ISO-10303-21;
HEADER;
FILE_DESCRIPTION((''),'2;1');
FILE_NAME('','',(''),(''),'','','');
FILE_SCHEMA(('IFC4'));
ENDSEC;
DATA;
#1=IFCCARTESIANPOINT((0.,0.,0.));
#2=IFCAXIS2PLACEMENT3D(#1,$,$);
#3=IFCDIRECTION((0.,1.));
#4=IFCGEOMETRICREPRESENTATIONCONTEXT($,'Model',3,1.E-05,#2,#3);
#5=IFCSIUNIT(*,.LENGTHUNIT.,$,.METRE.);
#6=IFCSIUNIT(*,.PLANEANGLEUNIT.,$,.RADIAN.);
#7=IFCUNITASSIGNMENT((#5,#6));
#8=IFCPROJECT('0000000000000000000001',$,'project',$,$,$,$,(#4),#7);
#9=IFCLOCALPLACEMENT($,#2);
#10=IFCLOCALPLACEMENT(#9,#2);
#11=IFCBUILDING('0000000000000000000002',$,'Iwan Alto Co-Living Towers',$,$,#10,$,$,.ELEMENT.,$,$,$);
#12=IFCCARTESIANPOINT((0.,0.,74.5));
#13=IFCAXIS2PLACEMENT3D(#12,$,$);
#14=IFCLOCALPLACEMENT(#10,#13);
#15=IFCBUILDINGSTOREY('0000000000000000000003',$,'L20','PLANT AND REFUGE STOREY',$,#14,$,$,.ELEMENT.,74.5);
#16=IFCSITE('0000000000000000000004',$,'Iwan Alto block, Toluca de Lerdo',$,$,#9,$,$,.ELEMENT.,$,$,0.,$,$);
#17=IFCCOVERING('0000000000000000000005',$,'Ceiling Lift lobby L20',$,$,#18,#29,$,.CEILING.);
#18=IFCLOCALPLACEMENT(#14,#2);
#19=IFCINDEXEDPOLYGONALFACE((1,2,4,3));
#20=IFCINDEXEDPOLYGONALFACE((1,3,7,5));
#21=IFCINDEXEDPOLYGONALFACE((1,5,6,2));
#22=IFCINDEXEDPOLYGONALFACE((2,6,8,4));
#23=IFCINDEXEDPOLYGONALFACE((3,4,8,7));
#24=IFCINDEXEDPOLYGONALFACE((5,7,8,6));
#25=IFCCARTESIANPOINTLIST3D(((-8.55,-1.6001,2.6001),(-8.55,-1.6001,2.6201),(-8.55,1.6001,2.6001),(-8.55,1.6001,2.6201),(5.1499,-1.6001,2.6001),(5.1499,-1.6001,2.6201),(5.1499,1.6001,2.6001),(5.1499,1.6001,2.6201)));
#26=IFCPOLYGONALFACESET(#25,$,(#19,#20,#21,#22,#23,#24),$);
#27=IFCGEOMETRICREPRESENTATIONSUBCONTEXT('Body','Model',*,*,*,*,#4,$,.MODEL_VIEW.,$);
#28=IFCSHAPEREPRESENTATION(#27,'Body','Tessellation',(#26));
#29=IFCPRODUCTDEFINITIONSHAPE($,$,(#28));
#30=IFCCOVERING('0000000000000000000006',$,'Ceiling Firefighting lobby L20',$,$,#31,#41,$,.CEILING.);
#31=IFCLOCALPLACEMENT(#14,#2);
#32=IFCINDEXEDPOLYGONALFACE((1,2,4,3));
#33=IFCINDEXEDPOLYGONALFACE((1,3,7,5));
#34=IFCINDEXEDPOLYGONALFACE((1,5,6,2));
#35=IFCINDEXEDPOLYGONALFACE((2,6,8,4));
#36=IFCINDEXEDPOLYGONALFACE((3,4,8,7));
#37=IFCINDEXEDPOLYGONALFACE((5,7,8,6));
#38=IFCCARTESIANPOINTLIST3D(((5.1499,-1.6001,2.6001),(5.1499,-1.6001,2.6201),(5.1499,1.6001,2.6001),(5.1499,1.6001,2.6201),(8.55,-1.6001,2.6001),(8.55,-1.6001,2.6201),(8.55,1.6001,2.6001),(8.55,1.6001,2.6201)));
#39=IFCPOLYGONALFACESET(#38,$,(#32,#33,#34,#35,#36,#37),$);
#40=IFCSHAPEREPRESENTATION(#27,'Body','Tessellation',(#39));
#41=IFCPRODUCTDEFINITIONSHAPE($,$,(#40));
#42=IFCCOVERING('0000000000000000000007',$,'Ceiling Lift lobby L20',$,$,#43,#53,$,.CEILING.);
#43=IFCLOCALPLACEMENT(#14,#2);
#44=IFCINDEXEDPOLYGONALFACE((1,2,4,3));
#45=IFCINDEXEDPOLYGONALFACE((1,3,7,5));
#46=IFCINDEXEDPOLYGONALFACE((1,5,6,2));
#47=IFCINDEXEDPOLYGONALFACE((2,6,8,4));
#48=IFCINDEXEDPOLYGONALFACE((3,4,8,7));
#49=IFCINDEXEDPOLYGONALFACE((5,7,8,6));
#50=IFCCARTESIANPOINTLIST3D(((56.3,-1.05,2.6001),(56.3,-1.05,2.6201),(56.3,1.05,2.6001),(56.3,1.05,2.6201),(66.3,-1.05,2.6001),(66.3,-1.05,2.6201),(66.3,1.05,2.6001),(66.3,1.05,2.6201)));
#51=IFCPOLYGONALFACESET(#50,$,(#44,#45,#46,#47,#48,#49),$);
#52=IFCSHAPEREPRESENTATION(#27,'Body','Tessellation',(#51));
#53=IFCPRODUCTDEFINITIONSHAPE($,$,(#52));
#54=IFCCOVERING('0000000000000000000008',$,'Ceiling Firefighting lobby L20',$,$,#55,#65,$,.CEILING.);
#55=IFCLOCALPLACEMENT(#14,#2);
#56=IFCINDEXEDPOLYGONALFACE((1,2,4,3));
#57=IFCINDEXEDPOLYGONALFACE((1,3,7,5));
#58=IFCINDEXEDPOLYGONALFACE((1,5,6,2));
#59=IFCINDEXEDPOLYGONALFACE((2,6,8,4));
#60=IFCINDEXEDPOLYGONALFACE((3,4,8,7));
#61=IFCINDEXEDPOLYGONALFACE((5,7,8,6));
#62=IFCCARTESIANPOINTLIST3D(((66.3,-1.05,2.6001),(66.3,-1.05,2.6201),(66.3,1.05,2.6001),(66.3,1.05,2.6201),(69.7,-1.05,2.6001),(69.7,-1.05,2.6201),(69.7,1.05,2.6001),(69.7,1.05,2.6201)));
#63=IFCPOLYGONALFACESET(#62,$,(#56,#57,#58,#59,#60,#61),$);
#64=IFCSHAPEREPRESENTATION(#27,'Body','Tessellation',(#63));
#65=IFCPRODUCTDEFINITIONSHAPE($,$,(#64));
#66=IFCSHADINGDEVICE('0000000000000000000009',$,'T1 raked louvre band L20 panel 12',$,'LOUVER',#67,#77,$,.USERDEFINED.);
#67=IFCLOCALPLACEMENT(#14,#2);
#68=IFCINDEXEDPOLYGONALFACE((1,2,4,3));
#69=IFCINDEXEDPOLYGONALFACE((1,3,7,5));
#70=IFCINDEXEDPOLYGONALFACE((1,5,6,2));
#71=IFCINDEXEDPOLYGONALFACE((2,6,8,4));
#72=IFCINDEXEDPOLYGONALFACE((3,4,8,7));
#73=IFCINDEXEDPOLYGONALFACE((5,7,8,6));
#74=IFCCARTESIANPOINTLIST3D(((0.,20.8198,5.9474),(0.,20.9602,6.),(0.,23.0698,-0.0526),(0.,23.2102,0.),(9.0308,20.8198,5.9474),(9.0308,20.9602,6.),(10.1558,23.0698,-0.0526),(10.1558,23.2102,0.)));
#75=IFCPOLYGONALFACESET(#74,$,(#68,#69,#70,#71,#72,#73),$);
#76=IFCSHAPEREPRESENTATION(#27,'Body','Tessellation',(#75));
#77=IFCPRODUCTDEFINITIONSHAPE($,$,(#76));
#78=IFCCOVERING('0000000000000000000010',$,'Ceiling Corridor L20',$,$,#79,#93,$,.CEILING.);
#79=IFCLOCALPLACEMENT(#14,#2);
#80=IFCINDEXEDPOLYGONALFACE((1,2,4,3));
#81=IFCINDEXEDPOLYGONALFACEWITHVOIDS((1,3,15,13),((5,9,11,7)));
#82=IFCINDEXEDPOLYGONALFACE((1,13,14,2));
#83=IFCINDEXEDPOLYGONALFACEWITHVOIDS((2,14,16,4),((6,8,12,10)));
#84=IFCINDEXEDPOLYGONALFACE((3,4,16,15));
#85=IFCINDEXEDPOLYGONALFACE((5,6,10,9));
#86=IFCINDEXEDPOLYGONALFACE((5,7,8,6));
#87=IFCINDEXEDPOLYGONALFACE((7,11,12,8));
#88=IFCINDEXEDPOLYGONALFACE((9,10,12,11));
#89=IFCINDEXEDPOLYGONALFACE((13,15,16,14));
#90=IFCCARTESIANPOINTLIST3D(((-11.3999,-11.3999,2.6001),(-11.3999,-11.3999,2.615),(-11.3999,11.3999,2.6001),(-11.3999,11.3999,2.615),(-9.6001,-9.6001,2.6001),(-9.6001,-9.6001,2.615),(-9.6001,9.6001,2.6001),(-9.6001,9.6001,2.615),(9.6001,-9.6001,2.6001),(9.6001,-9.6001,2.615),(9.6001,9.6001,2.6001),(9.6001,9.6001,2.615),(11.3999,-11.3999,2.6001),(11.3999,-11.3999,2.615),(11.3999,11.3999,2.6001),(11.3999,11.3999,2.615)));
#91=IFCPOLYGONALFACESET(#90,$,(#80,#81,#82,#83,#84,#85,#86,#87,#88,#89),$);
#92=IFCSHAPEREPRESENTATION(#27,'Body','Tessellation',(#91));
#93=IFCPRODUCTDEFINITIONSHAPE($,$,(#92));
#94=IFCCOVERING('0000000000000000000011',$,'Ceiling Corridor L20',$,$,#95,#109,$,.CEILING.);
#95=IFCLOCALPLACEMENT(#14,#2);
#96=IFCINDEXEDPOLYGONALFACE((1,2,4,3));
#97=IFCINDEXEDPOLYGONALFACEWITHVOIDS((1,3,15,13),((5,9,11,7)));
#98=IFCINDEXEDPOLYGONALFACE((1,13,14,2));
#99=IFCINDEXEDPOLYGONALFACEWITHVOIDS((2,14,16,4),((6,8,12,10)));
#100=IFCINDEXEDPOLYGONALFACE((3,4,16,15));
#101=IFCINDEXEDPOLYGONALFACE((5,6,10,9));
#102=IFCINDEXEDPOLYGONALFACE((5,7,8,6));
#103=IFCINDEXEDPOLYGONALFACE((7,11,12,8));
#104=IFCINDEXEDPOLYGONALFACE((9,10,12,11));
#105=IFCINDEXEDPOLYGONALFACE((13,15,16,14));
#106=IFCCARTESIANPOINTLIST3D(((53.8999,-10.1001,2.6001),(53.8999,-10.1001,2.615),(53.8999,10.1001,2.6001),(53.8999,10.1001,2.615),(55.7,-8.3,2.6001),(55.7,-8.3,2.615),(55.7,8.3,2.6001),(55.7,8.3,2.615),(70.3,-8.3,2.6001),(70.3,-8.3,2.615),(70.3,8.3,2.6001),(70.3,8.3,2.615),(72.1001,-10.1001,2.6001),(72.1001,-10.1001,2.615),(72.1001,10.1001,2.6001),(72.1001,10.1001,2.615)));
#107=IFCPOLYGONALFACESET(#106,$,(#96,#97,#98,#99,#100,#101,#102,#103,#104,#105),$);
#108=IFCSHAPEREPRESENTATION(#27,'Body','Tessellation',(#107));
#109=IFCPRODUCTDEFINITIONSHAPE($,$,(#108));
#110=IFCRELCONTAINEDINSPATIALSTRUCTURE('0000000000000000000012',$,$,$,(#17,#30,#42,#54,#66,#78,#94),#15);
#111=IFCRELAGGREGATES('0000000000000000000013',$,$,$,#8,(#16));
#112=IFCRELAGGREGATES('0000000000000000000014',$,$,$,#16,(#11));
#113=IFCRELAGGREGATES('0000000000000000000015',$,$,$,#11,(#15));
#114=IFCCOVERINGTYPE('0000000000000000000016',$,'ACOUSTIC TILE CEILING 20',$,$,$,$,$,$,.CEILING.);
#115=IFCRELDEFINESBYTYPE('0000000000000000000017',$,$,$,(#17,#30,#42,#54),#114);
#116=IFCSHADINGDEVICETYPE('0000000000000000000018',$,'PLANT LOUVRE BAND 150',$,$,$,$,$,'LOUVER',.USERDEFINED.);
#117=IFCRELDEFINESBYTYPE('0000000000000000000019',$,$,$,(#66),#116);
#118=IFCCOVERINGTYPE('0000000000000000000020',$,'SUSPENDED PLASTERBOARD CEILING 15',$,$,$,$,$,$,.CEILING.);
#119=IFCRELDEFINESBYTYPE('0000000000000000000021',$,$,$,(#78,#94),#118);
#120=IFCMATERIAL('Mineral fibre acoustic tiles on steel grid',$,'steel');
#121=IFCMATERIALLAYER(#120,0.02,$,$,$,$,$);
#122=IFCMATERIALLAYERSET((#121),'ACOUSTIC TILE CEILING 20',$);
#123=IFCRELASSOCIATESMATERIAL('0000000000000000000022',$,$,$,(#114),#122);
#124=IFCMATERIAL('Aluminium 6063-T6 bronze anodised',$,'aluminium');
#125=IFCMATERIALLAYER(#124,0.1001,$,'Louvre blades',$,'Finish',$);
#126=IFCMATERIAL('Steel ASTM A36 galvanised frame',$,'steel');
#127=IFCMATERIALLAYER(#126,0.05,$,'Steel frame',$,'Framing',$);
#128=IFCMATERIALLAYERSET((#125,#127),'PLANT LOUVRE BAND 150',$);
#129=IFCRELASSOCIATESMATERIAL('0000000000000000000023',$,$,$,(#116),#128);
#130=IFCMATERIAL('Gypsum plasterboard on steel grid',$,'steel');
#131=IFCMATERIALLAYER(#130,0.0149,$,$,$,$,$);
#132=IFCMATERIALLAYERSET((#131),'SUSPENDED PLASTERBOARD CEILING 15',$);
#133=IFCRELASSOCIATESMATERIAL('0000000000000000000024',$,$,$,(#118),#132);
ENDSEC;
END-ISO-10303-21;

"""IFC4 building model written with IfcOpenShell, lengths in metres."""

from ifc_helpers import new_model, si_unit, direction, frame, origin, place, context, subcontext, project, spatial, polyline, outline, extrude, material, layer, layer_set, type_object, element, save


model = new_model("IFC4")

# Units and contexts
model_context = context("Model", 3, precision=1e-05, world=origin(), true_north=direction((0.0, 1.0)))
body_context = subcontext(model_context, "Body", "Model", "MODEL_VIEW")
ifc_project = project(units=[si_unit("LENGTHUNIT", "METRE"), si_unit("PLANEANGLEUNIT", "RADIAN")], contexts=[model_context])

# Site, building, storey
site_placement = place(None, origin())
site = spatial("IfcSite", under=ifc_project, at=site_placement, Name="Iwan Alto block, Toluca de Lerdo", CompositionType="ELEMENT", RefElevation=0.0)
building_placement = place(site_placement, origin())
building = spatial("IfcBuilding", under=site, at=building_placement, Name="Iwan Alto Co-Living Towers", CompositionType="ELEMENT")
storey_placement = place(building_placement, frame((0.0, 0.0, 74.5)))
storey = spatial("IfcBuildingStorey", under=building, at=storey_placement, Name="L20", Description="PLANT AND REFUGE STOREY", CompositionType="ELEMENT", Elevation=74.5)

# Shared definitions
ifc_material_1 = material(Name="Aluminium 6063-T6 bronze anodised", Category="aluminium")

# Coverings
ifc_material_2 = material(Name="Mineral fibre acoustic tiles on steel grid", Category="steel")
ifc_layer_1 = layer(ifc_material_2, 0.02)
ifc_layer_set_1 = layer_set([ifc_layer_1], Name="ACOUSTIC TILE CEILING 20")
covering_type_1 = type_object("IfcCoveringType", Name="ACOUSTIC TILE CEILING 20", PredefinedType="CEILING", material=ifc_layer_set_1)
covering_1_placement = place(storey_placement, frame((0.0, 0.0, 2.6001)))
element("IfcCovering", 1, at=covering_1_placement, inside=storey, type_object=covering_type_1, Name="Ceiling Lift lobby L20", PredefinedType="CEILING", context=body_context, shape_type="SweptSolid", body=[
    extrude(outline(polyline([(-8.55, -1.6001), (-8.55, 1.6001), (5.1499, 1.6001), (5.1499, -1.6001), (-8.55, -1.6001)])), origin(), (0.0, 0.0, 1.0), 0.02),
])
covering_2_placement = place(storey_placement, frame((0.0, 0.0, 2.6001)))
element("IfcCovering", 2, at=covering_2_placement, inside=storey, type_object=covering_type_1, Name="Ceiling Firefighting lobby L20", PredefinedType="CEILING", context=body_context, shape_type="SweptSolid", body=[
    extrude(outline(polyline([(5.1499, -1.6001), (5.1499, 1.6001), (8.55, 1.6001), (8.55, -1.6001), (5.1499, -1.6001)])), origin(), (0.0, 0.0, 1.0), 0.02),
])
covering_3_placement = place(storey_placement, frame((0.0, 0.0, 2.6001)))
element("IfcCovering", 3, at=covering_3_placement, inside=storey, type_object=covering_type_1, Name="Ceiling Lift lobby L20", PredefinedType="CEILING", context=body_context, shape_type="SweptSolid", body=[
    extrude(outline(polyline([(56.3, -1.05), (56.3, 1.05), (66.3, 1.05), (66.3, -1.05), (56.3, -1.05)])), origin(), (0.0, 0.0, 1.0), 0.02),
])
covering_4_placement = place(storey_placement, frame((0.0, 0.0, 2.6001)))
element("IfcCovering", 4, at=covering_4_placement, inside=storey, type_object=covering_type_1, Name="Ceiling Firefighting lobby L20", PredefinedType="CEILING", context=body_context, shape_type="SweptSolid", body=[
    extrude(outline(polyline([(66.3, -1.05), (66.3, 1.05), (69.7, 1.05), (69.7, -1.05), (66.3, -1.05)])), origin(), (0.0, 0.0, 1.0), 0.02),
])

# Shading device
ifc_layer_2 = layer(ifc_material_1, 0.1001, Name="Louvre blades", Category="Finish")
ifc_material_3 = material(Name="Steel ASTM A36 galvanised frame", Category="steel")
ifc_layer_3 = layer(ifc_material_3, 0.05, Name="Steel frame", Category="Framing")
ifc_layer_set_2 = layer_set([ifc_layer_2, ifc_layer_3], Name="PLANT LOUVRE BAND 150")
shading_device_type = type_object("IfcShadingDeviceType", Name="PLANT LOUVRE BAND 150", ElementType="LOUVER", PredefinedType="USERDEFINED", material=ifc_layer_set_2)
shading_device_placement = place(storey_placement, frame((10.1558, 23.2102, 0.0), z_axis=(0.0, 0.936329, 0.351123), x_axis=(-1.0, 0.0, 0.0)))
element("IfcShadingDevice", 5, at=shading_device_placement, inside=storey, type_object=shading_device_type, Name="T1 raked louvre band L20 panel 12", ObjectType="LOUVER", PredefinedType="USERDEFINED", context=body_context, shape_type="SweptSolid", body=[
    extrude(outline(polyline([(0.0, 0.0), (10.1558, 0.0), (10.1558, 6.408), (1.125, 6.408), (0.0, 0.0)])), origin(), (0.0, 0.0, -1.0), 0.1499),
])

# Coverings
ifc_material_4 = material(Name="Gypsum plasterboard on steel grid", Category="steel")
ifc_layer_4 = layer(ifc_material_4, 0.0149)
ifc_layer_set_3 = layer_set([ifc_layer_4], Name="SUSPENDED PLASTERBOARD CEILING 15")
covering_type_2 = type_object("IfcCoveringType", Name="SUSPENDED PLASTERBOARD CEILING 15", PredefinedType="CEILING", material=ifc_layer_set_3)
covering_5_placement = place(storey_placement, frame((0.0, 0.0, 2.6001)))
element("IfcCovering", 6, at=covering_5_placement, inside=storey, type_object=covering_type_2, Name="Ceiling Corridor L20", PredefinedType="CEILING", context=body_context, shape_type="SweptSolid", body=[
    extrude(outline(polyline([(-11.3999, 11.3999), (11.3999, 11.3999), (11.3999, -11.3999), (-11.3999, -11.3999), (-11.3999, 11.3999)]), holes=[polyline([(-9.6001, 9.6001), (-9.6001, -9.6001), (9.6001, -9.6001), (9.6001, 9.6001), (-9.6001, 9.6001)])]), origin(), (0.0, 0.0, 1.0), 0.0149),
])
covering_6_placement = place(storey_placement, frame((0.0, 0.0, 2.6001)))
element("IfcCovering", 7, at=covering_6_placement, inside=storey, type_object=covering_type_2, Name="Ceiling Corridor L20", PredefinedType="CEILING", context=body_context, shape_type="SweptSolid", body=[
    extrude(outline(polyline([(53.8999, 10.1001), (72.1001, 10.1001), (72.1001, -10.1001), (53.8999, -10.1001), (53.8999, 10.1001)]), holes=[polyline([(55.7, 8.3), (55.7, -8.3), (70.3, -8.3), (70.3, 8.3), (55.7, 8.3)])]), origin(), (0.0, 0.0, 1.0), 0.0149),
])

save(model, "model.ifc")
